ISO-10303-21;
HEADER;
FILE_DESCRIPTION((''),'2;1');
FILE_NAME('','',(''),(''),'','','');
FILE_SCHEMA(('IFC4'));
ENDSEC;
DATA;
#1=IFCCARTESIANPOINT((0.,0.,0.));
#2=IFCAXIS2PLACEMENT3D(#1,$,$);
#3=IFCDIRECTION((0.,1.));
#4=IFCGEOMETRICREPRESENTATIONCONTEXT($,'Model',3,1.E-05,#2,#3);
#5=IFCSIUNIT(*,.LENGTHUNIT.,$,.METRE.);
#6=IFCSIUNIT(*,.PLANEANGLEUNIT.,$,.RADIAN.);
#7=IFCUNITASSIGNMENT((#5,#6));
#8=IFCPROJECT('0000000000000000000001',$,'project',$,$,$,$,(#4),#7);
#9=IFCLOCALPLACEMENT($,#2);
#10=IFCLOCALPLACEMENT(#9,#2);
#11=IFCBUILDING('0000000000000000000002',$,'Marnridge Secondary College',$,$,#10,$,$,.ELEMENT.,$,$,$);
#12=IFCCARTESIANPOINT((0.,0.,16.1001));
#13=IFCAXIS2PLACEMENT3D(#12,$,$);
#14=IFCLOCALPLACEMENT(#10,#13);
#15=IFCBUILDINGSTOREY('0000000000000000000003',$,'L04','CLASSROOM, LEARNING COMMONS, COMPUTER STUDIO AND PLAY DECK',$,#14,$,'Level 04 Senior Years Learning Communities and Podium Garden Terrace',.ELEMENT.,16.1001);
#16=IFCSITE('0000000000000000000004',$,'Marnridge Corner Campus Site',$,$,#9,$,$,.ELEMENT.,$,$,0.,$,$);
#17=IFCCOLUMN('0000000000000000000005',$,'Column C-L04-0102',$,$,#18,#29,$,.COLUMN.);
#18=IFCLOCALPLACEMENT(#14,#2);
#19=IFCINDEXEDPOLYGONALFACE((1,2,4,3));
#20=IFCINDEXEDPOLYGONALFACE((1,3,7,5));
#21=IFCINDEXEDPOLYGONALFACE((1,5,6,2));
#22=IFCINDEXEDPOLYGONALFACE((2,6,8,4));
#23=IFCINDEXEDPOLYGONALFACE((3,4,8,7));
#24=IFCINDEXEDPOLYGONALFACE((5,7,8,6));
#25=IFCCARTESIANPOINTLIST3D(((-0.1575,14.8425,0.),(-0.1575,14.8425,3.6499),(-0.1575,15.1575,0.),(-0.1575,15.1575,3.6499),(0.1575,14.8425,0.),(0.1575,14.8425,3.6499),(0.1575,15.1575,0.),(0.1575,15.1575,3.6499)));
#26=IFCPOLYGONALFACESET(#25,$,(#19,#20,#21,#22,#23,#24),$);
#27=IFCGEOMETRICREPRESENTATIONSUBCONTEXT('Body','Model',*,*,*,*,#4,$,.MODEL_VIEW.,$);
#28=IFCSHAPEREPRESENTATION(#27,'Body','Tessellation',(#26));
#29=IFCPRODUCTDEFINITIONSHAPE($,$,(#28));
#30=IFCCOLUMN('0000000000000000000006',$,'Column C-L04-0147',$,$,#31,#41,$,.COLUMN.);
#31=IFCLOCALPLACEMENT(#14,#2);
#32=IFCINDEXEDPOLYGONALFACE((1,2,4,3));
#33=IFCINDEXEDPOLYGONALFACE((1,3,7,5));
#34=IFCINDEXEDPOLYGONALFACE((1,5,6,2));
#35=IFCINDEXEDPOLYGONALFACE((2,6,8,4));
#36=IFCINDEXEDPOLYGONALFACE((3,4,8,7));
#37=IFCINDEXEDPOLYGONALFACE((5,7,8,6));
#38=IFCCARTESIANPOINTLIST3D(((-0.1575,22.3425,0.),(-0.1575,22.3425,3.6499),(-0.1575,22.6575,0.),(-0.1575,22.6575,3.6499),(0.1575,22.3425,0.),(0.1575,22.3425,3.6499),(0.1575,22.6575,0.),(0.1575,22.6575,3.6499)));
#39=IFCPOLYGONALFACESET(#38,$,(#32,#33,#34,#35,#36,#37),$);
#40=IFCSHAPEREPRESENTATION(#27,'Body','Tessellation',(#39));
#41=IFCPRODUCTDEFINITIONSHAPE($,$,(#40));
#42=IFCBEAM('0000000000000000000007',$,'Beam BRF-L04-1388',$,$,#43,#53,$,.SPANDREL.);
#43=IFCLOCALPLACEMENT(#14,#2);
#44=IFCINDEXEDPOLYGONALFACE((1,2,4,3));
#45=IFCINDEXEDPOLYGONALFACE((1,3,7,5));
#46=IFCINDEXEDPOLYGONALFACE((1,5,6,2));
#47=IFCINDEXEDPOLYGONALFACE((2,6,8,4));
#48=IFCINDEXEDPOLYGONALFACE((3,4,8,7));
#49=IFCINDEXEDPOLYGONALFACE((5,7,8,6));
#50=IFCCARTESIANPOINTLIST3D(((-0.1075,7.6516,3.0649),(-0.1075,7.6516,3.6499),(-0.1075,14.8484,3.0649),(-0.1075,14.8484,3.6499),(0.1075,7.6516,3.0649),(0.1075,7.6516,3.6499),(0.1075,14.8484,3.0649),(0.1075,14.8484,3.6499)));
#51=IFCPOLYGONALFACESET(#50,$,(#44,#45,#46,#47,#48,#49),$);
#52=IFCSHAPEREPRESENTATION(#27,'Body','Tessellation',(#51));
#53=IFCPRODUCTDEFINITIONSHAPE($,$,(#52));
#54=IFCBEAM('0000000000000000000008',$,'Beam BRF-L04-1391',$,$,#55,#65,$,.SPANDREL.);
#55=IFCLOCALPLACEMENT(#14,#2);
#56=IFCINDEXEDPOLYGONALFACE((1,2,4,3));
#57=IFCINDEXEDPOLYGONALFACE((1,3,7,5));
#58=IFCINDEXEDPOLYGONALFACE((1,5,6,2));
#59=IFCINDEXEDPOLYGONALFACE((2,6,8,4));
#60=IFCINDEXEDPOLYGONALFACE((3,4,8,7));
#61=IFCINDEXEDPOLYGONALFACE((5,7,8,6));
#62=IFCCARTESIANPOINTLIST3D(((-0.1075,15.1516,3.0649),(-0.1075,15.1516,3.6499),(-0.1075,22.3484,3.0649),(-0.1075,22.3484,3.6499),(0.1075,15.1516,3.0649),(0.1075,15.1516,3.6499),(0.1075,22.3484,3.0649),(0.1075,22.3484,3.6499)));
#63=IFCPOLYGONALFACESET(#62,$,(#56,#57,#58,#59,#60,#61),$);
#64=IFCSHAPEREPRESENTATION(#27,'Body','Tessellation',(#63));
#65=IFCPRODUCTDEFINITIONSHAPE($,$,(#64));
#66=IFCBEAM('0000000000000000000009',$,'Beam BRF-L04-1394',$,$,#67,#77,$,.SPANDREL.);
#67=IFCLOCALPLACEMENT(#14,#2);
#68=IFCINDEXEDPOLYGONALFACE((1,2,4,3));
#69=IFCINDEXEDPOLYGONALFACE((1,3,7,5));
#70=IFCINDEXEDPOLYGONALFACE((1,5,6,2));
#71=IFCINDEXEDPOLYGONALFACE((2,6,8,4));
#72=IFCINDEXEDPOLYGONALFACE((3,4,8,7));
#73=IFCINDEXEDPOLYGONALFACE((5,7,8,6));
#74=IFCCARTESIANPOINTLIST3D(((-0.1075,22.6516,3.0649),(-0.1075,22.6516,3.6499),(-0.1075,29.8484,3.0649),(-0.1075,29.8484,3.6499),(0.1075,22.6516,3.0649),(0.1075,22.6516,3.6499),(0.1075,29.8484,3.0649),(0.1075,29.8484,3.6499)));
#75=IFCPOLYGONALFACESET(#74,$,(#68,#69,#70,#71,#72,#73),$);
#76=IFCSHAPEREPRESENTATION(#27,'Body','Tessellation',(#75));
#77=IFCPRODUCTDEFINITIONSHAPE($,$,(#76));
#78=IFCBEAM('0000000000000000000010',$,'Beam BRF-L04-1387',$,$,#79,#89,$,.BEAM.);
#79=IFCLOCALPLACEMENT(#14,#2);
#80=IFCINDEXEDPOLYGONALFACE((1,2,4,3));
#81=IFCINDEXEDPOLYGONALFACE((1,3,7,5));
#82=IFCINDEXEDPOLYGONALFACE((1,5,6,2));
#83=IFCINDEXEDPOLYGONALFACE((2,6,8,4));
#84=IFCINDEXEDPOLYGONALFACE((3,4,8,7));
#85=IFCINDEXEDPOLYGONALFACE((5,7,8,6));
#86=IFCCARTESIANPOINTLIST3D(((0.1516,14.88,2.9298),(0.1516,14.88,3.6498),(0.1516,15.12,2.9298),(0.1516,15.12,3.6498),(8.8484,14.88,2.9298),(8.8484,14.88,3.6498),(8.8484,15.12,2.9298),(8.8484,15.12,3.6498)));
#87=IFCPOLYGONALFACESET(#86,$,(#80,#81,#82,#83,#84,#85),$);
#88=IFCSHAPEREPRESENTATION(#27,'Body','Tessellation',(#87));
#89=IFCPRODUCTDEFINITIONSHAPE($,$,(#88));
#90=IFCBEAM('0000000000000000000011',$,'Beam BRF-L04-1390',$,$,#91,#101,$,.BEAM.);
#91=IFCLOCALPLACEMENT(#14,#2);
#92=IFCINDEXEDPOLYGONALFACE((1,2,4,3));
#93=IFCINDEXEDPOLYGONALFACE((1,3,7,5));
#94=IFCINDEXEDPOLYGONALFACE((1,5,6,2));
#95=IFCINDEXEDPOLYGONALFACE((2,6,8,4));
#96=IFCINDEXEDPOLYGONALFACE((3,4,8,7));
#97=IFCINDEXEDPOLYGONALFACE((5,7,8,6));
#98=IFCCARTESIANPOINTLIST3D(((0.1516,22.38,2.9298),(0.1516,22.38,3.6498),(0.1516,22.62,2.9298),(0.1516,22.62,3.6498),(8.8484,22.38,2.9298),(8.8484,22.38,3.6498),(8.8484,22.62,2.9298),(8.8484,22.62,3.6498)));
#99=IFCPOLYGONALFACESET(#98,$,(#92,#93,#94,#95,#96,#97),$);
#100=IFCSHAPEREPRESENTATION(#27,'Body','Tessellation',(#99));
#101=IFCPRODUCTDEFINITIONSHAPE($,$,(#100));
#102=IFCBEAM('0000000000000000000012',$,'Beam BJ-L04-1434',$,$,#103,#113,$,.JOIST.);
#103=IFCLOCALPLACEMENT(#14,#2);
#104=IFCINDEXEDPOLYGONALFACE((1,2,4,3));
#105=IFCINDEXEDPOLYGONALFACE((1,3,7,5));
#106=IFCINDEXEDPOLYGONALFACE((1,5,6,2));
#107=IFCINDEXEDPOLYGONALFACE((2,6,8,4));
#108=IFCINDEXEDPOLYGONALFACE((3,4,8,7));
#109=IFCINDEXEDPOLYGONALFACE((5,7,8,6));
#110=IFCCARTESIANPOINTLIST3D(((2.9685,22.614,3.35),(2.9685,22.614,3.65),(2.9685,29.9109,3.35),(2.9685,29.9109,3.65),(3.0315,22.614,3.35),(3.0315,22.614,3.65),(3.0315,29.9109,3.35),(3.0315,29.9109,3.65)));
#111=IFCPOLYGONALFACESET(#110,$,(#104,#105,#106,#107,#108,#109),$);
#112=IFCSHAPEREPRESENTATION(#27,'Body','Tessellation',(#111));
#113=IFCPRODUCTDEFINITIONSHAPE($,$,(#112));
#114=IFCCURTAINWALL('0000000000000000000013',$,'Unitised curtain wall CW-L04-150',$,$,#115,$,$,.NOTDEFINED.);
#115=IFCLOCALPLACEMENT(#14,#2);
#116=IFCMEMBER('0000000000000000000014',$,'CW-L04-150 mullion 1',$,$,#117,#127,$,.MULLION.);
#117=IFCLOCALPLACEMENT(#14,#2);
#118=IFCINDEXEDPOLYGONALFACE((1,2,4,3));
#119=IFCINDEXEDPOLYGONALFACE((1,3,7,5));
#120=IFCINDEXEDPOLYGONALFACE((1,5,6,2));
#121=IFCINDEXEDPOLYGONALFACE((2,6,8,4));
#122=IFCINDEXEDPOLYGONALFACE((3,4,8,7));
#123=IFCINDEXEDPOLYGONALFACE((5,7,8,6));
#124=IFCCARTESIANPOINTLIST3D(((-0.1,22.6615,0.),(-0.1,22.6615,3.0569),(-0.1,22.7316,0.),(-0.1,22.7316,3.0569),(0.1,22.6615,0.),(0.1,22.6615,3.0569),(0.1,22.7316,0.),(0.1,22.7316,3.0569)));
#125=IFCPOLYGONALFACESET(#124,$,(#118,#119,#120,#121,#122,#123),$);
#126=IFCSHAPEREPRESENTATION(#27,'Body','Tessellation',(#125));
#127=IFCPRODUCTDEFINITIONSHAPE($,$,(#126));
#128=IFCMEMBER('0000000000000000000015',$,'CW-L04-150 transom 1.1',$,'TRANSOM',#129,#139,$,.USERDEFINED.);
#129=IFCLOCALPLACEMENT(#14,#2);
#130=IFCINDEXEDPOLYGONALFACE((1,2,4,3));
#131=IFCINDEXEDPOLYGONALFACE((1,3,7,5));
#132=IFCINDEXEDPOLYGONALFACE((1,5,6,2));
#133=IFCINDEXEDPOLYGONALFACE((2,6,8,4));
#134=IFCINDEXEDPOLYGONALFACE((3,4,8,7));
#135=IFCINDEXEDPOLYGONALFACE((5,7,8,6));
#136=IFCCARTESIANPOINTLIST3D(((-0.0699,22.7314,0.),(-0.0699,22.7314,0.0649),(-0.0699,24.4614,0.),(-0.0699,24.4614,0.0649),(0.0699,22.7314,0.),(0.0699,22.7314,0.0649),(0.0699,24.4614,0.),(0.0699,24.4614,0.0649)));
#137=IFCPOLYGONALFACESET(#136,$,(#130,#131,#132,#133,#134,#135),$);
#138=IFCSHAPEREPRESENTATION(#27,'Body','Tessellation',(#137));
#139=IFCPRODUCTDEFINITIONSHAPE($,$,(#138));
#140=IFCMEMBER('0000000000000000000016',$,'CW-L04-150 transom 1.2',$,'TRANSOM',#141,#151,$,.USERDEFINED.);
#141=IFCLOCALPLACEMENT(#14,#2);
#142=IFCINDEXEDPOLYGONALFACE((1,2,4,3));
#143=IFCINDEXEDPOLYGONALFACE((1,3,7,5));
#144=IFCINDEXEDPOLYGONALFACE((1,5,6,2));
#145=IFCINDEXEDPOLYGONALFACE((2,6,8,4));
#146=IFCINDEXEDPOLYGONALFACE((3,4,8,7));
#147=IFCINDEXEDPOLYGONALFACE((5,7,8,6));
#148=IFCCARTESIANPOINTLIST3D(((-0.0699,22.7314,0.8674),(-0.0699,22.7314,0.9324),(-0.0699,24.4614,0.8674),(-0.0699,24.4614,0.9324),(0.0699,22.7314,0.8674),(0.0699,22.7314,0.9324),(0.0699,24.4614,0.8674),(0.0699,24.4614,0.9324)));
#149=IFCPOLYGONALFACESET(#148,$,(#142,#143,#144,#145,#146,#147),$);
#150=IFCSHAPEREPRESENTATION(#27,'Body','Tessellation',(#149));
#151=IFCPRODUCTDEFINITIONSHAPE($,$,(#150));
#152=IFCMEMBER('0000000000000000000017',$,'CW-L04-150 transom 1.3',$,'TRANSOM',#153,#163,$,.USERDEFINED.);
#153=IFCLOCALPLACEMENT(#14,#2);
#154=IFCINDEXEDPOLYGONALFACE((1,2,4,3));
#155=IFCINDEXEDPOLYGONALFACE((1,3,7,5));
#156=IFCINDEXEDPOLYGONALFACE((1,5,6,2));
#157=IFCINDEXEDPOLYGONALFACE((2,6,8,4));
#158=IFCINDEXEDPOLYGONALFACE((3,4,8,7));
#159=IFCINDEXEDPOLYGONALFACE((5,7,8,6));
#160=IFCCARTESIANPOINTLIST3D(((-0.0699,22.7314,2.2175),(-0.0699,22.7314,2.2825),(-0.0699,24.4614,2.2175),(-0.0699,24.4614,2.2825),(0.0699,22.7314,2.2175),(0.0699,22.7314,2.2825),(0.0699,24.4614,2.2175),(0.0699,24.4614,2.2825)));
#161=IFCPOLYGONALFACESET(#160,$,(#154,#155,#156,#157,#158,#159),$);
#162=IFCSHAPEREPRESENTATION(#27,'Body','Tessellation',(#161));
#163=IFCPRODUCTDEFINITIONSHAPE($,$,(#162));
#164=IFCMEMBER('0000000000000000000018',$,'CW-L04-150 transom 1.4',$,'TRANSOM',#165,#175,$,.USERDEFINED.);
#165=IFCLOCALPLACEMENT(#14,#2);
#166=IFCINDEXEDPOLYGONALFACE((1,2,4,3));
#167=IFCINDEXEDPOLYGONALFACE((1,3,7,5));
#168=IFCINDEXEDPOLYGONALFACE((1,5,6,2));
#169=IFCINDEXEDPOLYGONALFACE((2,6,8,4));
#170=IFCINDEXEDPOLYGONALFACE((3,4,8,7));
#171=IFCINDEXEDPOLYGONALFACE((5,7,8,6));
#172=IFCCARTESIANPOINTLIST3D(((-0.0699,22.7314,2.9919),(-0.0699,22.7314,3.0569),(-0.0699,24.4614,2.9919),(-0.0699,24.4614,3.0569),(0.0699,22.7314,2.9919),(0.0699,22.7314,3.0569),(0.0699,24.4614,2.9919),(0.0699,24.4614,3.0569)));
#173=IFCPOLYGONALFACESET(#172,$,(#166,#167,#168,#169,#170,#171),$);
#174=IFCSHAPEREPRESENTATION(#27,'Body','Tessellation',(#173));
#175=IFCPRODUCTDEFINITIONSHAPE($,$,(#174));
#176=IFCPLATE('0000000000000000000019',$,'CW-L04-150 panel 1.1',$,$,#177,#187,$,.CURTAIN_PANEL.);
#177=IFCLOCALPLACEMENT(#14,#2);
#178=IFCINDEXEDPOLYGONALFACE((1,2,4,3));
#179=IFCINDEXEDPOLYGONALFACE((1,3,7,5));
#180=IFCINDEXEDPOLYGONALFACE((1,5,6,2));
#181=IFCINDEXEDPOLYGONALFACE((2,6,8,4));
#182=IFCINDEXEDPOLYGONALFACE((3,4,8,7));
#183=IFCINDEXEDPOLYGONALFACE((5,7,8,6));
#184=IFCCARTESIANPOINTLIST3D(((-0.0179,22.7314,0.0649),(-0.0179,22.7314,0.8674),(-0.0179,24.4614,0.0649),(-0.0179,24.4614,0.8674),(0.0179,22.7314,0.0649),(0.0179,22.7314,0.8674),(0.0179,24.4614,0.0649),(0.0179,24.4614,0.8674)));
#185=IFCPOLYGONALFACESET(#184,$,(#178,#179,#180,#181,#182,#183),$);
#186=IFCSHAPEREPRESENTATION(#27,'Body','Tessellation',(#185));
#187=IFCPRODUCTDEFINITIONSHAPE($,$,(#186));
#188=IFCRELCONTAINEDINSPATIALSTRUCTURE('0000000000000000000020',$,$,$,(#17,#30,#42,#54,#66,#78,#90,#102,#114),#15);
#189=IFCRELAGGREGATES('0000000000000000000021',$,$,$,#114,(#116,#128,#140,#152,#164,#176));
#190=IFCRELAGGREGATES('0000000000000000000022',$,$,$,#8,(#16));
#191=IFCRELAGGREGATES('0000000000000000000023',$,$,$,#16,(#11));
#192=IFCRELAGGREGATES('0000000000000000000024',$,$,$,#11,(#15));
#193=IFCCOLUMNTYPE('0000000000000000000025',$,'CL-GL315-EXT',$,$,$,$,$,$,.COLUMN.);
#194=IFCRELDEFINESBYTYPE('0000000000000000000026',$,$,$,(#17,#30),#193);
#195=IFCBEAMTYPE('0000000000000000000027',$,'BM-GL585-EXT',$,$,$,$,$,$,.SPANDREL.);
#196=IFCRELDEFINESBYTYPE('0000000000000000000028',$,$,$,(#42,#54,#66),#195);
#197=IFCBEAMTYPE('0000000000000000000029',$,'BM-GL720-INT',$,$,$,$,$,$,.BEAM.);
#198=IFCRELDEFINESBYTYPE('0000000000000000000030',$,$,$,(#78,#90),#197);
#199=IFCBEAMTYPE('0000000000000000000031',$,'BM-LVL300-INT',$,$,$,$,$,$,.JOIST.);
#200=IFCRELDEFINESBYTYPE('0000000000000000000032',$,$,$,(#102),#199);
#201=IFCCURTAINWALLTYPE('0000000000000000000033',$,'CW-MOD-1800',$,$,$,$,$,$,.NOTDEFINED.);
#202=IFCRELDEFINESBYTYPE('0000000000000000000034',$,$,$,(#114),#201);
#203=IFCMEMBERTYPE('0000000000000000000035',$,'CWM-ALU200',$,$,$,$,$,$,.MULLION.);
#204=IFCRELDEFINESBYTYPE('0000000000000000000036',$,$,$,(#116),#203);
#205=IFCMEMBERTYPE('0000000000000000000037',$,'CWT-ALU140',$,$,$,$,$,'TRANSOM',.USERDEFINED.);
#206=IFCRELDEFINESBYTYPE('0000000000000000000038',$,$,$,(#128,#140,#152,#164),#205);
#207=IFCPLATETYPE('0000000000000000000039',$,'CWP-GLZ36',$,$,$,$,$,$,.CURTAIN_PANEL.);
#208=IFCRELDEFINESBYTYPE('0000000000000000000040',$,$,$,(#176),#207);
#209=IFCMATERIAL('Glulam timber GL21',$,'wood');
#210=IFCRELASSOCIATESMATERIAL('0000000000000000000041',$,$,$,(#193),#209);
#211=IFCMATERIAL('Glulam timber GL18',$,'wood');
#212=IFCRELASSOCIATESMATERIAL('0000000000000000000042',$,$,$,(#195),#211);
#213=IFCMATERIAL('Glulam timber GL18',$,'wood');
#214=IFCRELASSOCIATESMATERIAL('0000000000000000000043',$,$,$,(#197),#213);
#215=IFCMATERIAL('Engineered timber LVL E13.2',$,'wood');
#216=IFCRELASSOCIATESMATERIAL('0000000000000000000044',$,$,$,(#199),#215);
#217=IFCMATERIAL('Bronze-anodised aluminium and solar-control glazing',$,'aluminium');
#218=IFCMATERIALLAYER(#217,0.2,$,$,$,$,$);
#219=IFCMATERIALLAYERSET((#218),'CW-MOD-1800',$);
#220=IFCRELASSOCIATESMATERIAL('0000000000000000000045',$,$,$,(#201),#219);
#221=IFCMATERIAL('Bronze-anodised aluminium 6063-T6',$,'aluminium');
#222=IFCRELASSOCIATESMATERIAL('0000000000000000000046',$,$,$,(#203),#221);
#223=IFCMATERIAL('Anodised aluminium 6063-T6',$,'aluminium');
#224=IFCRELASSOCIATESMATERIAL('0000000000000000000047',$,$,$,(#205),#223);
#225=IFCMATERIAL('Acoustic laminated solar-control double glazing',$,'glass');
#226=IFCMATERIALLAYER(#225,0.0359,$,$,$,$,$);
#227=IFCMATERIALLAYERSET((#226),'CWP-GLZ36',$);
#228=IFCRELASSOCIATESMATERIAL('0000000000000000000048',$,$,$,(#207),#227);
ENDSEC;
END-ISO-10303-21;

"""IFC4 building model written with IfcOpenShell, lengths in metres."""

from ifc_helpers import new_model, si_unit, direction, frame, origin, origin_2d, place, context, subcontext, project, spatial, rectangle, extrude, material, layer, layer_set, material_profile, profile_set, type_object, element, aggregate, save


model = new_model("IFC4")

# Units and contexts
model_context = context("Model", 3, precision=1e-05, world=origin(), true_north=direction((0.0, 1.0)))
body_context = subcontext(model_context, "Body", "Model", "MODEL_VIEW")
ifc_project = project(units=[si_unit("LENGTHUNIT", "METRE"), si_unit("PLANEANGLEUNIT", "RADIAN")], contexts=[model_context])

# Site, building, storey
site_placement = place(None, origin())
site = spatial("IfcSite", under=ifc_project, at=site_placement, Name="Marnridge Corner Campus Site", CompositionType="ELEMENT", RefElevation=0.0)
building_placement = place(site_placement, origin())
building = spatial("IfcBuilding", under=site, at=building_placement, Name="Marnridge Secondary College", CompositionType="ELEMENT")
storey_placement = place(building_placement, frame((0.0, 0.0, 16.1001)))
storey = spatial("IfcBuildingStorey", under=building, at=storey_placement, Name="L04", Description="CLASSROOM, LEARNING COMMONS, COMPUTER STUDIO AND PLAY DECK", LongName="Level 04 Senior Years Learning Communities and Podium Garden Terrace", CompositionType="ELEMENT", Elevation=16.1001)

# Columns
ifc_material_1 = material(Name="Glulam timber GL21", Category="wood")
ifc_material_profile_1 = material_profile(ifc_material_1, rectangle(XDim=0.3149, YDim=0.3149, at=origin_2d()), Name="GL21 315x315")
ifc_profile_set_1 = profile_set([ifc_material_profile_1], Name="Glulam timber GL21")
column_type = type_object("IfcColumnType", Name="CL-GL315-EXT", PredefinedType="COLUMN", material=ifc_profile_set_1)
for number, where, z_axis, x_axis, name in (
    (1, (0.0, 15.0, 0.0), (0.0, 0.0, 1.0), (1.0, 0.0, 0.0), "Column C-L04-0102"),
    (2, (0.0, 22.5, 0.0), (0.0, 0.0, 1.0), (1.0, 0.0, 0.0), "Column C-L04-0147"),
):
    element("IfcColumn", number, at=place(storey_placement, frame(where, z_axis=z_axis, x_axis=x_axis)), inside=storey, type_object=column_type, Name=name, PredefinedType="COLUMN", context=body_context, shape_type="SweptSolid", body=[
        extrude(rectangle(XDim=0.3149, YDim=0.3149, at=origin_2d()), origin(), (0.0, 0.0, 1.0), 3.6499),
    ])

# Beams
ifc_material_2 = material(Name="Glulam timber GL18", Category="wood")
ifc_material_profile_2 = material_profile(ifc_material_2, rectangle(XDim=0.2151, YDim=0.585, at=origin_2d()), Name="GL18 215x585")
ifc_profile_set_2 = profile_set([ifc_material_profile_2], Name="Glulam timber GL18")
beam_type_1 = type_object("IfcBeamType", Name="BM-GL585-EXT", PredefinedType="SPANDREL", material=ifc_profile_set_2)
for number, where, z_axis, x_axis, name in (
    (3, (0.0, 7.6516, 3.3574), (0.0, 1.0, 0.0), (-1.0, 0.0, 0.0), "Beam BRF-L04-1388"),
    (4, (0.0, 15.1516, 3.3574), (0.0, 1.0, 0.0), (-1.0, 0.0, 0.0), "Beam BRF-L04-1391"),
    (5, (0.0, 22.6516, 3.3574), (0.0, 1.0, 0.0), (-1.0, 0.0, 0.0), "Beam BRF-L04-1394"),
):
    element("IfcBeam", number, at=place(storey_placement, frame(where, z_axis=z_axis, x_axis=x_axis)), inside=storey, type_object=beam_type_1, Name=name, PredefinedType="SPANDREL", context=body_context, shape_type="SweptSolid", body=[
        extrude(rectangle(XDim=0.2151, YDim=0.585, at=origin_2d()), origin(), (0.0, 0.0, 1.0), 7.1968),
    ])
ifc_material_3 = material(Name="Glulam timber GL18", Category="wood")
ifc_material_profile_3 = material_profile(ifc_material_3, rectangle(XDim=0.24, YDim=0.72, at=origin_2d()), Name="GL18 240x720")
ifc_profile_set_3 = profile_set([ifc_material_profile_3], Name="Glulam timber GL18")
beam_type_2 = type_object("IfcBeamType", Name="BM-GL720-INT", PredefinedType="BEAM", material=ifc_profile_set_3)
for number, where, z_axis, x_axis, name in (
    (6, (0.1516, 15.0, 3.2898), (1.0, 0.0, 0.0), (0.0, 1.0, 0.0), "Beam BRF-L04-1387"),
    (7, (0.1516, 22.5, 3.2898), (1.0, 0.0, 0.0), (0.0, 1.0, 0.0), "Beam BRF-L04-1390"),
):
    element("IfcBeam", number, at=place(storey_placement, frame(where, z_axis=z_axis, x_axis=x_axis)), inside=storey, type_object=beam_type_2, Name=name, PredefinedType="BEAM", context=body_context, shape_type="SweptSolid", body=[
        extrude(rectangle(XDim=0.24, YDim=0.72, at=origin_2d()), origin(), (0.0, 0.0, 1.0), 8.6968),
    ])
ifc_material_4 = material(Name="Engineered timber LVL E13.2", Category="wood")
ifc_material_profile_4 = material_profile(ifc_material_4, rectangle(XDim=0.063, YDim=0.3, at=origin_2d()), Name="LVL 63x300")
ifc_profile_set_4 = profile_set([ifc_material_profile_4], Name="Engineered timber LVL E13.2")
beam_type_3 = type_object("IfcBeamType", Name="BM-LVL300-INT", PredefinedType="JOIST", material=ifc_profile_set_4)
beam_placement = place(storey_placement, frame((3.0, 22.614, 3.5), z_axis=(0.0, 1.0, 0.0), x_axis=(-1.0, 0.0, 0.0)))
element("IfcBeam", 8, at=beam_placement, inside=storey, type_object=beam_type_3, Name="Beam BJ-L04-1434", PredefinedType="JOIST", context=body_context, shape_type="SweptSolid", body=[
    extrude(rectangle(XDim=0.063, YDim=0.3, at=origin_2d()), origin(), (0.0, 0.0, 1.0), 7.2969),
])

# Curtain wall, members, plate
ifc_material_5 = material(Name="Bronze-anodised aluminium and solar-control glazing", Category="aluminium")
ifc_layer_1 = layer(ifc_material_5, 0.2)
ifc_layer_set_1 = layer_set([ifc_layer_1], Name="CW-MOD-1800")
curtain_wall_type = type_object("IfcCurtainWallType", Name="CW-MOD-1800", PredefinedType="NOTDEFINED", material=ifc_layer_set_1)
curtain_wall_placement = place(storey_placement, origin())
curtain_wall = element("IfcCurtainWall", 9, at=curtain_wall_placement, inside=storey, type_object=curtain_wall_type, Name="Unitised curtain wall CW-L04-150", PredefinedType="NOTDEFINED")
ifc_material_6 = material(Name="Bronze-anodised aluminium 6063-T6", Category="aluminium")
ifc_material_profile_5 = material_profile(ifc_material_6, rectangle(XDim=0.0701, YDim=0.2, at=origin_2d()), Name="ALU 70x200")
ifc_profile_set_5 = profile_set([ifc_material_profile_5], Name="Bronze-anodised aluminium 6063-T6")
member_type_1 = type_object("IfcMemberType", Name="CWM-ALU200", PredefinedType="MULLION", material=ifc_profile_set_5)
member_1_placement = place(storey_placement, frame((0.0, 22.6965, 0.0), z_axis=(0.0, 0.0, 1.0), x_axis=(0.0, 1.0, 0.0)))
member_1 = element("IfcMember", 10, at=member_1_placement, type_object=member_type_1, Name="CW-L04-150 mullion 1", PredefinedType="MULLION", context=body_context, shape_type="SweptSolid", body=[
    extrude(rectangle(XDim=0.0701, YDim=0.2, at=origin_2d()), origin(), (0.0, 0.0, 1.0), 3.0569),
])
ifc_material_7 = material(Name="Anodised aluminium 6063-T6", Category="aluminium")
ifc_material_profile_6 = material_profile(ifc_material_7, rectangle(XDim=0.0649, YDim=0.1399, at=origin_2d()), Name="ALU 65x140")
ifc_profile_set_6 = profile_set([ifc_material_profile_6], Name="Anodised aluminium 6063-T6")
member_type_2 = type_object("IfcMemberType", Name="CWT-ALU140", ElementType="TRANSOM", PredefinedType="USERDEFINED", material=ifc_profile_set_6)
member_2_placement = place(storey_placement, frame((0.0, 22.7314, 0.0325), z_axis=(0.0, 1.0, 0.0), x_axis=(0.0, 0.0, 1.0)))
member_2 = element("IfcMember", 11, at=member_2_placement, type_object=member_type_2, Name="CW-L04-150 transom 1.1", ObjectType="TRANSOM", PredefinedType="USERDEFINED", context=body_context, shape_type="SweptSolid", body=[
    extrude(rectangle(XDim=0.0649, YDim=0.1399, at=origin_2d()), origin(), (0.0, 0.0, 1.0), 1.73),
])
member_3_placement = place(storey_placement, frame((0.0, 22.7314, 0.8999), z_axis=(0.0, 1.0, 0.0), x_axis=(0.0, 0.0, 1.0)))
member_3 = element("IfcMember", 12, at=member_3_placement, type_object=member_type_2, Name="CW-L04-150 transom 1.2", ObjectType="TRANSOM", PredefinedType="USERDEFINED", context=body_context, shape_type="SweptSolid", body=[
    extrude(rectangle(XDim=0.0649, YDim=0.1399, at=origin_2d()), origin(), (0.0, 0.0, 1.0), 1.73),
])
member_4_placement = place(storey_placement, frame((0.0, 22.7314, 2.25), z_axis=(0.0, 1.0, 0.0), x_axis=(0.0, 0.0, 1.0)))
member_4 = element("IfcMember", 13, at=member_4_placement, type_object=member_type_2, Name="CW-L04-150 transom 1.3", ObjectType="TRANSOM", PredefinedType="USERDEFINED", context=body_context, shape_type="SweptSolid", body=[
    extrude(rectangle(XDim=0.0649, YDim=0.1399, at=origin_2d()), origin(), (0.0, 0.0, 1.0), 1.73),
])
member_5_placement = place(storey_placement, frame((0.0, 22.7314, 3.0244), z_axis=(0.0, 1.0, 0.0), x_axis=(0.0, 0.0, 1.0)))
member_5 = element("IfcMember", 14, at=member_5_placement, type_object=member_type_2, Name="CW-L04-150 transom 1.4", ObjectType="TRANSOM", PredefinedType="USERDEFINED", context=body_context, shape_type="SweptSolid", body=[
    extrude(rectangle(XDim=0.0649, YDim=0.1399, at=origin_2d()), origin(), (0.0, 0.0, 1.0), 1.73),
])
ifc_material_8 = material(Name="Acoustic laminated solar-control double glazing", Category="glass")
ifc_layer_2 = layer(ifc_material_8, 0.0359)
ifc_layer_set_2 = layer_set([ifc_layer_2], Name="CWP-GLZ36")
plate_type = type_object("IfcPlateType", Name="CWP-GLZ36", PredefinedType="CURTAIN_PANEL", material=ifc_layer_set_2)
plate_1_placement = place(storey_placement, frame((0.0, 23.5964, 0.0649), z_axis=(0.0, 0.0, 1.0), x_axis=(0.0, 1.0, 0.0)))
plate_1 = element("IfcPlate", 15, at=plate_1_placement, type_object=plate_type, Name="CW-L04-150 panel 1.1", PredefinedType="CURTAIN_PANEL", context=body_context, shape_type="SweptSolid", body=[
    extrude(rectangle(XDim=1.73, YDim=0.0359, at=origin_2d()), origin(), (0.0, 0.0, 1.0), 0.8025),
])
aggregate(curtain_wall, [member_1, member_2, member_3, member_4, member_5, plate_1])

save(model, "model.ifc")
